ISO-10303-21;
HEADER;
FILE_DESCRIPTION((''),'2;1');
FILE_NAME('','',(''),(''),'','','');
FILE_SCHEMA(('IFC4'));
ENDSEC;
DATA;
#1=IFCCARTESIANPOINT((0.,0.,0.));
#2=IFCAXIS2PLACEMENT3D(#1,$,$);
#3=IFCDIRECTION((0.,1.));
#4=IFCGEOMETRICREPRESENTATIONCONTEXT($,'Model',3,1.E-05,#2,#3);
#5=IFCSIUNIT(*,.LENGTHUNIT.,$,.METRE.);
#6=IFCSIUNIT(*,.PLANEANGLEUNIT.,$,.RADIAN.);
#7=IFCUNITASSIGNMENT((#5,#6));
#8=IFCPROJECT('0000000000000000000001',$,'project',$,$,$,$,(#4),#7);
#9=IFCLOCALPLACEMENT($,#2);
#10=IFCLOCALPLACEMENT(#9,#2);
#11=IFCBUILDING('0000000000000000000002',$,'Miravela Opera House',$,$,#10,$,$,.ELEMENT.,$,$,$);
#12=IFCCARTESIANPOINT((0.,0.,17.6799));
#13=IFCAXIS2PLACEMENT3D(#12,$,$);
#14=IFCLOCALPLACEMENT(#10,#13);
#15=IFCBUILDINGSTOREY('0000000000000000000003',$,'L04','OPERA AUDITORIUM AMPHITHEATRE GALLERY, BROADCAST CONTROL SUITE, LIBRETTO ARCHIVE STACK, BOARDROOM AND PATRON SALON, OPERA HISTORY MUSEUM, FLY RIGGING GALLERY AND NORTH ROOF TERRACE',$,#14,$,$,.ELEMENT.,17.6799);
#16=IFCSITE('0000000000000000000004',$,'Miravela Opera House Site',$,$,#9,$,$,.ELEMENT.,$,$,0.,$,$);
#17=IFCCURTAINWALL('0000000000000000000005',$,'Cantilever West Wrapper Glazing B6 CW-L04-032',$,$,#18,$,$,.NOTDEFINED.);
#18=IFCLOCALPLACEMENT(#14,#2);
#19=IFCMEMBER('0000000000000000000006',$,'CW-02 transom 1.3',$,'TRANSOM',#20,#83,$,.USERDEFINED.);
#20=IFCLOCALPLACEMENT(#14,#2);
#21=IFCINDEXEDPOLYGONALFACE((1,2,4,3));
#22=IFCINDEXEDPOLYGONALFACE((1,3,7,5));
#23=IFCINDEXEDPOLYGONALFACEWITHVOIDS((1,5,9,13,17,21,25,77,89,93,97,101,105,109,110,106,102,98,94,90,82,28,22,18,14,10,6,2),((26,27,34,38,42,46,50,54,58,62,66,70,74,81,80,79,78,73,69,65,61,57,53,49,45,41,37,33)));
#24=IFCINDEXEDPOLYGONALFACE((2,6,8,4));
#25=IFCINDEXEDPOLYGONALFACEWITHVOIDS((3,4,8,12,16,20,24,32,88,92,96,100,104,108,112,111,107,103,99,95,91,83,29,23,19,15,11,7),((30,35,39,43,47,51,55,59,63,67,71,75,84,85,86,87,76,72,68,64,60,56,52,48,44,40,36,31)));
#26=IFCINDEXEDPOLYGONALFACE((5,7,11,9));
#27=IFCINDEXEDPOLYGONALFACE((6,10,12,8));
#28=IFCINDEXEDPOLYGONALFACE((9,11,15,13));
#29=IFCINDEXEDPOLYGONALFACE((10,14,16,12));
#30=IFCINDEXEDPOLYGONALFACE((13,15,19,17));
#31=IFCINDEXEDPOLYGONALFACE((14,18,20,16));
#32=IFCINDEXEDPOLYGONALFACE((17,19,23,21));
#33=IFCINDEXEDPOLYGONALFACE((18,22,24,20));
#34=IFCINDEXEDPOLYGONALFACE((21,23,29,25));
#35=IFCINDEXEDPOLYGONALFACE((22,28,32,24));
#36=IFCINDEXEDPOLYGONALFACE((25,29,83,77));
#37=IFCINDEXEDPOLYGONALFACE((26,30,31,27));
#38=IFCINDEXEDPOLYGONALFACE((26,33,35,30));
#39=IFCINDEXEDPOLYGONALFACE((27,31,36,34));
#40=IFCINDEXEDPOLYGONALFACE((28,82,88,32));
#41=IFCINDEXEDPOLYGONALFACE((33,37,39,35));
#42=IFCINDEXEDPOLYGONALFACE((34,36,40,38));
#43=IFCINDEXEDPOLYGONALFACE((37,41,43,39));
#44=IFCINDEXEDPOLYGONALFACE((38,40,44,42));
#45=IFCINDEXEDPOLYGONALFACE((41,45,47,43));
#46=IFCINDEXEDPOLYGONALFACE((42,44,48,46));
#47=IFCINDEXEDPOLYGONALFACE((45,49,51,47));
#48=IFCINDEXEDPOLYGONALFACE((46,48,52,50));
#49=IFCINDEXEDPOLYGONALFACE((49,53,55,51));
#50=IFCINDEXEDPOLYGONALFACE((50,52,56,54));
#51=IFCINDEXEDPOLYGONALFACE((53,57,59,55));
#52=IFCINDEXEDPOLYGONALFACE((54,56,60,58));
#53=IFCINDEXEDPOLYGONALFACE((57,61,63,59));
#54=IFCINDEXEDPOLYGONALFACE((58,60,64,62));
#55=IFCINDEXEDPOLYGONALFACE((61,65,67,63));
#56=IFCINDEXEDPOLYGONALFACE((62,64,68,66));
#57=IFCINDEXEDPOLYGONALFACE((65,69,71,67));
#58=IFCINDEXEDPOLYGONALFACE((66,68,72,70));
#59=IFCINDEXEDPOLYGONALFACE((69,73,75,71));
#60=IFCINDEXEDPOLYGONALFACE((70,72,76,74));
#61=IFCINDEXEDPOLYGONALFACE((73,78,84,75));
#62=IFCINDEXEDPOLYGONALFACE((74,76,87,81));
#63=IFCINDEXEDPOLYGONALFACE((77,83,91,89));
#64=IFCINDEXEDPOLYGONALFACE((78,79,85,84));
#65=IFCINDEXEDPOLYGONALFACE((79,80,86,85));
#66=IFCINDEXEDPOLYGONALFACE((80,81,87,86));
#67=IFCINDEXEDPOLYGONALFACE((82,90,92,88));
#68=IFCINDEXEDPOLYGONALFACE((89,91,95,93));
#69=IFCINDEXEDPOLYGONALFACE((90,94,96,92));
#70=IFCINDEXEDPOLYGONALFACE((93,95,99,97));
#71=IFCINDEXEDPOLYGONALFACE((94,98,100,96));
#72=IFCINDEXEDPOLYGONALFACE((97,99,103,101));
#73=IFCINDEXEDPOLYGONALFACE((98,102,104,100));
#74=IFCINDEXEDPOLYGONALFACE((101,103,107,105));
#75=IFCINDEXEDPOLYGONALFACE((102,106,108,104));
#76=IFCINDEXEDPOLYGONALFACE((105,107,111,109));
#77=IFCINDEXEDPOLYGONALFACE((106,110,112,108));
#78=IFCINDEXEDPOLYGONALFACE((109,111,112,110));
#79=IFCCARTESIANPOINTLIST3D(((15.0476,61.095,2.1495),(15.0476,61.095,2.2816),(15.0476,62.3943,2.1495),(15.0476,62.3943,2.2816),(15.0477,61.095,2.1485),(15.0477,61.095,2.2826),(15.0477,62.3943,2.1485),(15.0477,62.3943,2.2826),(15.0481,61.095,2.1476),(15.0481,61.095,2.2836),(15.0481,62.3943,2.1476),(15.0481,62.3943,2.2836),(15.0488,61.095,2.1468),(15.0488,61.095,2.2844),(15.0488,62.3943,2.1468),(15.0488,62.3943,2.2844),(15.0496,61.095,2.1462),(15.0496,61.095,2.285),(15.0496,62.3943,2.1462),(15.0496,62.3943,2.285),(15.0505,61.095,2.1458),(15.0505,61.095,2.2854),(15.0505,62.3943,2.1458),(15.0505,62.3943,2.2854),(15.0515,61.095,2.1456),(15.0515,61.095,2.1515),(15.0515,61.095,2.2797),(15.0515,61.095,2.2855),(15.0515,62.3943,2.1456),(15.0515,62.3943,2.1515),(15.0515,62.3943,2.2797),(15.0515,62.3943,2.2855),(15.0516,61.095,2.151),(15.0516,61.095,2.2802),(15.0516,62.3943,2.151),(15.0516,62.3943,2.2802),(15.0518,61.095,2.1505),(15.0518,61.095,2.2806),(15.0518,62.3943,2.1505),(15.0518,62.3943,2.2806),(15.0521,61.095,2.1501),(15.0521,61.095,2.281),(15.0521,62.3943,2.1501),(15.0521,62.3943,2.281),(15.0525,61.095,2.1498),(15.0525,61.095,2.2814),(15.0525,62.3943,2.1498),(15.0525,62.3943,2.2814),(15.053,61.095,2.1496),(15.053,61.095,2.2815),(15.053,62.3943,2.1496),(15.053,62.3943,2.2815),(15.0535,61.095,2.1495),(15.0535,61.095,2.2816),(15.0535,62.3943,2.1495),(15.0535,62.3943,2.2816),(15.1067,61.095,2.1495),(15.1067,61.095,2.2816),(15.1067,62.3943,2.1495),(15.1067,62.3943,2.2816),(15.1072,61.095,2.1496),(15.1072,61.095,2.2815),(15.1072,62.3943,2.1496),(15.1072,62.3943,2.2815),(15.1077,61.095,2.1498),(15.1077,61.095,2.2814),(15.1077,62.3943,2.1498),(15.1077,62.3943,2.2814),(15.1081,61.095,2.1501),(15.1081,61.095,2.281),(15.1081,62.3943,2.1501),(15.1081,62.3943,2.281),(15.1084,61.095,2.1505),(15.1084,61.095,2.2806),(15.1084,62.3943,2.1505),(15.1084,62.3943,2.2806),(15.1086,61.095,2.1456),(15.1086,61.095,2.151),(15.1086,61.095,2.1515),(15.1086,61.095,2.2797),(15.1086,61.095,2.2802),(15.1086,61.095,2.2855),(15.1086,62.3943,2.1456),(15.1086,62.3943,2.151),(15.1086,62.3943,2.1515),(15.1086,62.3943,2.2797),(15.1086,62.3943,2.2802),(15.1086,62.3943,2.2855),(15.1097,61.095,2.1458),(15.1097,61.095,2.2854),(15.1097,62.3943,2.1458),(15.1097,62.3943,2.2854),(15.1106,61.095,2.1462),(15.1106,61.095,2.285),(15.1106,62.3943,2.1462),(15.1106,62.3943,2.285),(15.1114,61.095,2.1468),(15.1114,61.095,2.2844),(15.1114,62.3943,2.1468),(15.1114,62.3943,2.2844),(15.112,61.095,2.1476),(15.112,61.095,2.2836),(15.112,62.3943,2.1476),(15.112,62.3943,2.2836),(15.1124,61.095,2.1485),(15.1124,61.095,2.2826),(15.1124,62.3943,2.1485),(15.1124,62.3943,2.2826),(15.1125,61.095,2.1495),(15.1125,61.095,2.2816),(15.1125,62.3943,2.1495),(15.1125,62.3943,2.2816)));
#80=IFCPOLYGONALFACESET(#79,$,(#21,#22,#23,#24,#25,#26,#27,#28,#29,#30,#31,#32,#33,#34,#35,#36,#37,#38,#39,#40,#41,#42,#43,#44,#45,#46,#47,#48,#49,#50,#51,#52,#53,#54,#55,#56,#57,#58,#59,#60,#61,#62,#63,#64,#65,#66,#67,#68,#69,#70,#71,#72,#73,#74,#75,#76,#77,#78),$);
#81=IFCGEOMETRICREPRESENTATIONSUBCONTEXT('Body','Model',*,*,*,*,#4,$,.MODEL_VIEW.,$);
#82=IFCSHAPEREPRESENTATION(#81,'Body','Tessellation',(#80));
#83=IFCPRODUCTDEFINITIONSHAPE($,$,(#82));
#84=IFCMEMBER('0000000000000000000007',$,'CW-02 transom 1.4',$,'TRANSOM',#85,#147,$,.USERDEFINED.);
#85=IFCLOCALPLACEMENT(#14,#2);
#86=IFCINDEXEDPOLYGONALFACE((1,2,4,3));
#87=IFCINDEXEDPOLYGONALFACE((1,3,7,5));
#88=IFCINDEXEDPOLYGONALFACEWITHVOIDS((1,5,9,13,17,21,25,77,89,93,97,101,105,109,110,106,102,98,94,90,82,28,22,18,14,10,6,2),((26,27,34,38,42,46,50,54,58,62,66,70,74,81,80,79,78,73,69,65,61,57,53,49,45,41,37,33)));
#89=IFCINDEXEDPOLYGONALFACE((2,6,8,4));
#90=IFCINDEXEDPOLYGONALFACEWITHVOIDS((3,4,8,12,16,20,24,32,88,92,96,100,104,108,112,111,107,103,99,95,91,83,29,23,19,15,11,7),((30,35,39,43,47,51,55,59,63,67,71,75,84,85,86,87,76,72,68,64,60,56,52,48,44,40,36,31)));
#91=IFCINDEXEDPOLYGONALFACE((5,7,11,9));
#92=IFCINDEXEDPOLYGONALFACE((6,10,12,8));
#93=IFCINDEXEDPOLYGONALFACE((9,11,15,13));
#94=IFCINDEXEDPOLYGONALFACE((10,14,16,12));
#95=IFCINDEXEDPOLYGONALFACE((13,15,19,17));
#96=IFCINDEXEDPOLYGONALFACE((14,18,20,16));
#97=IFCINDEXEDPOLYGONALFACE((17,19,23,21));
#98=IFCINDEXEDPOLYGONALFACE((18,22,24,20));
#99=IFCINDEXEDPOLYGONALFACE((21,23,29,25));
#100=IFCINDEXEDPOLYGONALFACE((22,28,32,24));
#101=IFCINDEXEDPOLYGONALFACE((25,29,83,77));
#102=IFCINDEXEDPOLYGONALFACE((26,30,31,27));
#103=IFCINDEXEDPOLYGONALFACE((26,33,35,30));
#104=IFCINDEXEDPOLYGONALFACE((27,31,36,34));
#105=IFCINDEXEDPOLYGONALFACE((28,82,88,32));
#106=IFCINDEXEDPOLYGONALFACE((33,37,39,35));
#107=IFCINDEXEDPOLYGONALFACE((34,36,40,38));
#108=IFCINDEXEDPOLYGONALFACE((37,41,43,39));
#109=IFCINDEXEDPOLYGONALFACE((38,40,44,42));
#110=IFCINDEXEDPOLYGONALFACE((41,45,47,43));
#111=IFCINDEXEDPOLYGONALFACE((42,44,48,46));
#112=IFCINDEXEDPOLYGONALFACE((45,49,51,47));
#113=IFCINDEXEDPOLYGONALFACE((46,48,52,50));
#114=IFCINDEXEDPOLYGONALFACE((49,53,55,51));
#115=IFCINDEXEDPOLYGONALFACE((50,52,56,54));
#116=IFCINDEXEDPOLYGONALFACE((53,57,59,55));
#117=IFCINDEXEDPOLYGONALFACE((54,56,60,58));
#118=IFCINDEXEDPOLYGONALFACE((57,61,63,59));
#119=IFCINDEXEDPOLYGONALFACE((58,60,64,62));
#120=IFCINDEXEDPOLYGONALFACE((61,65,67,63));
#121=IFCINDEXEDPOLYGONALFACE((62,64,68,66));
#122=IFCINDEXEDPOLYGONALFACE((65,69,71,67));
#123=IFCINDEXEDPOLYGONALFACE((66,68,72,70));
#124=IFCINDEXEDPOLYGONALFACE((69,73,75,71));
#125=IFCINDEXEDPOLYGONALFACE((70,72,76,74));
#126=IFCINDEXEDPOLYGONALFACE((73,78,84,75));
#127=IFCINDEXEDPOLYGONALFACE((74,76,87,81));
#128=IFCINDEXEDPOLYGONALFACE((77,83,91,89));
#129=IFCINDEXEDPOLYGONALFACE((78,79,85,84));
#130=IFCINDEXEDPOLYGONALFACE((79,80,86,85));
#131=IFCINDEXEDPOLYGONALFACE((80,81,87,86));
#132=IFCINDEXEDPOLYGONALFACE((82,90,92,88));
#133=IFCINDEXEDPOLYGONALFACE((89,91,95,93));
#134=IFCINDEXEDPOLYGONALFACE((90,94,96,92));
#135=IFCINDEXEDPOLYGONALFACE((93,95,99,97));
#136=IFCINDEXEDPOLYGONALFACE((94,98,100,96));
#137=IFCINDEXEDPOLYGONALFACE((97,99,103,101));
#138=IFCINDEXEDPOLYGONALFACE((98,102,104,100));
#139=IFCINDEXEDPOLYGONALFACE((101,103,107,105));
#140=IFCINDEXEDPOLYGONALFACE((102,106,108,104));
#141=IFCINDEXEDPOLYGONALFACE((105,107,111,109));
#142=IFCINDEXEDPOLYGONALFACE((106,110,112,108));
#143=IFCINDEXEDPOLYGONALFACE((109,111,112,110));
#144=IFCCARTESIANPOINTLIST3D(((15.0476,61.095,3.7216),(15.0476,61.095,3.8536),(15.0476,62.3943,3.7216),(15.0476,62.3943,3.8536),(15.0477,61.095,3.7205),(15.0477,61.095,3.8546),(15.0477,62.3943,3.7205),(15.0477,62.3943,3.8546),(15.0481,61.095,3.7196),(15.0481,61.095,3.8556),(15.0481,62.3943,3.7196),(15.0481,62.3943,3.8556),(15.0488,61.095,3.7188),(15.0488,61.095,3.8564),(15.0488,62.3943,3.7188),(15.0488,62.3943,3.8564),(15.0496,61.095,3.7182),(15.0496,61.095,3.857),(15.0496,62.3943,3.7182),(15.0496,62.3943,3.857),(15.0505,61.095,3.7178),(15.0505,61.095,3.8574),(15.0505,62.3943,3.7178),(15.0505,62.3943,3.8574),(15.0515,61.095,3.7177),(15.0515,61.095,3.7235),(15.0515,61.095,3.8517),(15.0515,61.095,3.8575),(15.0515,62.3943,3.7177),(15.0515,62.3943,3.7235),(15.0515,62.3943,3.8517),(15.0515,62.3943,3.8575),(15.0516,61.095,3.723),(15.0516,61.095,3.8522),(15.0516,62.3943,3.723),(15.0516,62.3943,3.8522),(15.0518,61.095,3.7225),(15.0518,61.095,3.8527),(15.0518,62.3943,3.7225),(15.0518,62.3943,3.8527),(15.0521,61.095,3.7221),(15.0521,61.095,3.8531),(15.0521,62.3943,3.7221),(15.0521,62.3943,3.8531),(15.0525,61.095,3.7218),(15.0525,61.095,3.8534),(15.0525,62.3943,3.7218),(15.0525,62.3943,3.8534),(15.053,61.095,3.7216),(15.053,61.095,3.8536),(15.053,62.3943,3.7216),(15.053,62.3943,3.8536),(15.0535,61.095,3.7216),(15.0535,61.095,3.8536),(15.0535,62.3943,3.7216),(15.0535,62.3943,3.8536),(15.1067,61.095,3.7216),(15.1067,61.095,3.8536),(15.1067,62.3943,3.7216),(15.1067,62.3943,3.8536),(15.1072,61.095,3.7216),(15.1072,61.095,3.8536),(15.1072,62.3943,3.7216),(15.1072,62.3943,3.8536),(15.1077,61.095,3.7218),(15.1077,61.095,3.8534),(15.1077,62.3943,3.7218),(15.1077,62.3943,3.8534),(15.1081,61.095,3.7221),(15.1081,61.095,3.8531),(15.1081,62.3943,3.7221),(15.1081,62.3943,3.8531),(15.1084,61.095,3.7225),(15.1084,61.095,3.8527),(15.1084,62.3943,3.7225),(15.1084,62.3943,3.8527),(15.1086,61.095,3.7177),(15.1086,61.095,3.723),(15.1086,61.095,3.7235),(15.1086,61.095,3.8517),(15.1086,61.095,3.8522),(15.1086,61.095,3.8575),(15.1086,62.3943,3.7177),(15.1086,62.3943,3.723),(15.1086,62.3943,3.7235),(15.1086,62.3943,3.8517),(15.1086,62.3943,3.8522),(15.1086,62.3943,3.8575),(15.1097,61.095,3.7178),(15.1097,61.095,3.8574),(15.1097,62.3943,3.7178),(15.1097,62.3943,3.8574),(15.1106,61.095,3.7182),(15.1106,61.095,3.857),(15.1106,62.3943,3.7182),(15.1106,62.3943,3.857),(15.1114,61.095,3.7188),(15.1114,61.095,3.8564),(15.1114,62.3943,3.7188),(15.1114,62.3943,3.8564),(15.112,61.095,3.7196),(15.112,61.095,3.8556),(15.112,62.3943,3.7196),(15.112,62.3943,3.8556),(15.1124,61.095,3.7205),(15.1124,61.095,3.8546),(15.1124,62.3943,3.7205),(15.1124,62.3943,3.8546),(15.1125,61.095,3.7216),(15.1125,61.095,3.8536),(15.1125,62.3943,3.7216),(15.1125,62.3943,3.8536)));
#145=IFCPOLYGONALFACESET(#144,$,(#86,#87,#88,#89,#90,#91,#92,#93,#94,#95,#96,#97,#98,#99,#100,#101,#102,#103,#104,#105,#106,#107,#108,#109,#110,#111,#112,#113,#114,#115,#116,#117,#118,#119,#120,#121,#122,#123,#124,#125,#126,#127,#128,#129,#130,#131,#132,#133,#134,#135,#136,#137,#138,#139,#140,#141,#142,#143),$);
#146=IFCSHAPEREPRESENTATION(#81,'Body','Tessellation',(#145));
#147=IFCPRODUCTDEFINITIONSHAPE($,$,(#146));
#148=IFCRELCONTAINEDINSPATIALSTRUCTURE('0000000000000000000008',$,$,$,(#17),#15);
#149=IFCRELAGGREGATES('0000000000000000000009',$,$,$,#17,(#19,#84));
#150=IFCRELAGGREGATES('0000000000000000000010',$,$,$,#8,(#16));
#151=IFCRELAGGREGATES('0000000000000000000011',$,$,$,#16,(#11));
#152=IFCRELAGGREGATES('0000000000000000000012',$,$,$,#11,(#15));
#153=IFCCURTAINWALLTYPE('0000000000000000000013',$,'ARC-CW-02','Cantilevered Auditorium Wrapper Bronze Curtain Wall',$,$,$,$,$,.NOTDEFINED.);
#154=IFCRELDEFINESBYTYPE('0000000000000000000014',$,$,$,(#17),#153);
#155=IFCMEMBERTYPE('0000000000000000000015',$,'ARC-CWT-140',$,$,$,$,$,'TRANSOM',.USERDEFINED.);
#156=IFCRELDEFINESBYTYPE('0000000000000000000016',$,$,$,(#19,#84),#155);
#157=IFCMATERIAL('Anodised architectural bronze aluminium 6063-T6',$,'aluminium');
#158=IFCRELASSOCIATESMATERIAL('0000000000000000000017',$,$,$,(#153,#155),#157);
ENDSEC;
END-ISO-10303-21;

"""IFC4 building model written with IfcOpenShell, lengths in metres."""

from ifc_helpers import new_model, si_unit, direction, frame, origin, origin_2d, place, context, subcontext, project, spatial, hollow_rectangle, extrude, material, material_profile, profile_set, type_object, element, aggregate, save


model = new_model("IFC4")

# Units and contexts
model_context = context("Model", 3, precision=1e-05, world=origin(), true_north=direction((0.0, 1.0)))
body_context = subcontext(model_context, "Body", "Model", "MODEL_VIEW")
ifc_project = project(units=[si_unit("LENGTHUNIT", "METRE"), si_unit("PLANEANGLEUNIT", "RADIAN")], contexts=[model_context])

# Site, building, storey
site_placement = place(None, origin())
site = spatial("IfcSite", under=ifc_project, at=site_placement, Name="Miravela Opera House Site", CompositionType="ELEMENT", RefElevation=0.0)
building_placement = place(site_placement, origin())
building = spatial("IfcBuilding", under=site, at=building_placement, Name="Miravela Opera House", CompositionType="ELEMENT")
storey_placement = place(building_placement, frame((0.0, 0.0, 17.6799)))
storey = spatial("IfcBuildingStorey", under=building, at=storey_placement, Name="L04", Description="OPERA AUDITORIUM AMPHITHEATRE GALLERY, BROADCAST CONTROL SUITE, LIBRETTO ARCHIVE STACK, BOARDROOM AND PATRON SALON, OPERA HISTORY MUSEUM, FLY RIGGING GALLERY AND NORTH ROOF TERRACE", CompositionType="ELEMENT", Elevation=17.6799)

# Shared definitions
ifc_material_1 = material(Name="Anodised architectural bronze aluminium 6063-T6", Category="aluminium")
curtain_wall_type = type_object("IfcCurtainWallType", Name="ARC-CW-02", Description="Cantilevered Auditorium Wrapper Bronze Curtain Wall", PredefinedType="NOTDEFINED", material=ifc_material_1)

# Curtain wall
curtain_wall_1_placement = place(storey_placement, origin())
curtain_wall_1 = element("IfcCurtainWall", 1, at=curtain_wall_1_placement, inside=storey, type_object=curtain_wall_type, Name="Cantilever West Wrapper Glazing B6 CW-L04-032", PredefinedType="NOTDEFINED")

# Members
ifc_material_profile_1 = material_profile(ifc_material_1, hollow_rectangle(XDim=0.0649, YDim=0.1399, WallThickness=0.0039, InnerFilletRadius=0.002, OuterFilletRadius=0.0039, at=origin_2d()), Name="CWT-65X140")
ifc_profile_set_1 = profile_set([ifc_material_profile_1])
member_type_1 = type_object("IfcMemberType", Name="ARC-CWT-140", ElementType="TRANSOM", PredefinedType="USERDEFINED", material=ifc_profile_set_1)
member_1_placement = place(storey_placement, frame((15.0801, 61.095, 2.2156), z_axis=(0.0, 1.0, 0.0), x_axis=(-1.0, 0.0, 0.0)))
member_1 = element("IfcMember", 2, at=member_1_placement, type_object=member_type_1, Name="CW-02 transom 1.3", ObjectType="TRANSOM", PredefinedType="USERDEFINED", context=body_context, shape_type="SweptSolid", body=[
    extrude(hollow_rectangle(XDim=0.0649, YDim=0.1399, WallThickness=0.0039, InnerFilletRadius=0.002, OuterFilletRadius=0.0039, at=origin_2d()), origin(), (0.0, 0.0, 1.0), 1.2993),
])
member_2_placement = place(storey_placement, frame((15.0801, 61.095, 3.7876), z_axis=(0.0, 1.0, 0.0), x_axis=(-1.0, 0.0, 0.0)))
member_2 = element("IfcMember", 3, at=member_2_placement, type_object=member_type_1, Name="CW-02 transom 1.4", ObjectType="TRANSOM", PredefinedType="USERDEFINED", context=body_context, shape_type="SweptSolid", body=[
    extrude(hollow_rectangle(XDim=0.0649, YDim=0.1399, WallThickness=0.0039, InnerFilletRadius=0.002, OuterFilletRadius=0.0039, at=origin_2d()), origin(), (0.0, 0.0, 1.0), 1.2993),
])

aggregate(curtain_wall_1, [member_1, member_2])

save(model, "model.ifc")
